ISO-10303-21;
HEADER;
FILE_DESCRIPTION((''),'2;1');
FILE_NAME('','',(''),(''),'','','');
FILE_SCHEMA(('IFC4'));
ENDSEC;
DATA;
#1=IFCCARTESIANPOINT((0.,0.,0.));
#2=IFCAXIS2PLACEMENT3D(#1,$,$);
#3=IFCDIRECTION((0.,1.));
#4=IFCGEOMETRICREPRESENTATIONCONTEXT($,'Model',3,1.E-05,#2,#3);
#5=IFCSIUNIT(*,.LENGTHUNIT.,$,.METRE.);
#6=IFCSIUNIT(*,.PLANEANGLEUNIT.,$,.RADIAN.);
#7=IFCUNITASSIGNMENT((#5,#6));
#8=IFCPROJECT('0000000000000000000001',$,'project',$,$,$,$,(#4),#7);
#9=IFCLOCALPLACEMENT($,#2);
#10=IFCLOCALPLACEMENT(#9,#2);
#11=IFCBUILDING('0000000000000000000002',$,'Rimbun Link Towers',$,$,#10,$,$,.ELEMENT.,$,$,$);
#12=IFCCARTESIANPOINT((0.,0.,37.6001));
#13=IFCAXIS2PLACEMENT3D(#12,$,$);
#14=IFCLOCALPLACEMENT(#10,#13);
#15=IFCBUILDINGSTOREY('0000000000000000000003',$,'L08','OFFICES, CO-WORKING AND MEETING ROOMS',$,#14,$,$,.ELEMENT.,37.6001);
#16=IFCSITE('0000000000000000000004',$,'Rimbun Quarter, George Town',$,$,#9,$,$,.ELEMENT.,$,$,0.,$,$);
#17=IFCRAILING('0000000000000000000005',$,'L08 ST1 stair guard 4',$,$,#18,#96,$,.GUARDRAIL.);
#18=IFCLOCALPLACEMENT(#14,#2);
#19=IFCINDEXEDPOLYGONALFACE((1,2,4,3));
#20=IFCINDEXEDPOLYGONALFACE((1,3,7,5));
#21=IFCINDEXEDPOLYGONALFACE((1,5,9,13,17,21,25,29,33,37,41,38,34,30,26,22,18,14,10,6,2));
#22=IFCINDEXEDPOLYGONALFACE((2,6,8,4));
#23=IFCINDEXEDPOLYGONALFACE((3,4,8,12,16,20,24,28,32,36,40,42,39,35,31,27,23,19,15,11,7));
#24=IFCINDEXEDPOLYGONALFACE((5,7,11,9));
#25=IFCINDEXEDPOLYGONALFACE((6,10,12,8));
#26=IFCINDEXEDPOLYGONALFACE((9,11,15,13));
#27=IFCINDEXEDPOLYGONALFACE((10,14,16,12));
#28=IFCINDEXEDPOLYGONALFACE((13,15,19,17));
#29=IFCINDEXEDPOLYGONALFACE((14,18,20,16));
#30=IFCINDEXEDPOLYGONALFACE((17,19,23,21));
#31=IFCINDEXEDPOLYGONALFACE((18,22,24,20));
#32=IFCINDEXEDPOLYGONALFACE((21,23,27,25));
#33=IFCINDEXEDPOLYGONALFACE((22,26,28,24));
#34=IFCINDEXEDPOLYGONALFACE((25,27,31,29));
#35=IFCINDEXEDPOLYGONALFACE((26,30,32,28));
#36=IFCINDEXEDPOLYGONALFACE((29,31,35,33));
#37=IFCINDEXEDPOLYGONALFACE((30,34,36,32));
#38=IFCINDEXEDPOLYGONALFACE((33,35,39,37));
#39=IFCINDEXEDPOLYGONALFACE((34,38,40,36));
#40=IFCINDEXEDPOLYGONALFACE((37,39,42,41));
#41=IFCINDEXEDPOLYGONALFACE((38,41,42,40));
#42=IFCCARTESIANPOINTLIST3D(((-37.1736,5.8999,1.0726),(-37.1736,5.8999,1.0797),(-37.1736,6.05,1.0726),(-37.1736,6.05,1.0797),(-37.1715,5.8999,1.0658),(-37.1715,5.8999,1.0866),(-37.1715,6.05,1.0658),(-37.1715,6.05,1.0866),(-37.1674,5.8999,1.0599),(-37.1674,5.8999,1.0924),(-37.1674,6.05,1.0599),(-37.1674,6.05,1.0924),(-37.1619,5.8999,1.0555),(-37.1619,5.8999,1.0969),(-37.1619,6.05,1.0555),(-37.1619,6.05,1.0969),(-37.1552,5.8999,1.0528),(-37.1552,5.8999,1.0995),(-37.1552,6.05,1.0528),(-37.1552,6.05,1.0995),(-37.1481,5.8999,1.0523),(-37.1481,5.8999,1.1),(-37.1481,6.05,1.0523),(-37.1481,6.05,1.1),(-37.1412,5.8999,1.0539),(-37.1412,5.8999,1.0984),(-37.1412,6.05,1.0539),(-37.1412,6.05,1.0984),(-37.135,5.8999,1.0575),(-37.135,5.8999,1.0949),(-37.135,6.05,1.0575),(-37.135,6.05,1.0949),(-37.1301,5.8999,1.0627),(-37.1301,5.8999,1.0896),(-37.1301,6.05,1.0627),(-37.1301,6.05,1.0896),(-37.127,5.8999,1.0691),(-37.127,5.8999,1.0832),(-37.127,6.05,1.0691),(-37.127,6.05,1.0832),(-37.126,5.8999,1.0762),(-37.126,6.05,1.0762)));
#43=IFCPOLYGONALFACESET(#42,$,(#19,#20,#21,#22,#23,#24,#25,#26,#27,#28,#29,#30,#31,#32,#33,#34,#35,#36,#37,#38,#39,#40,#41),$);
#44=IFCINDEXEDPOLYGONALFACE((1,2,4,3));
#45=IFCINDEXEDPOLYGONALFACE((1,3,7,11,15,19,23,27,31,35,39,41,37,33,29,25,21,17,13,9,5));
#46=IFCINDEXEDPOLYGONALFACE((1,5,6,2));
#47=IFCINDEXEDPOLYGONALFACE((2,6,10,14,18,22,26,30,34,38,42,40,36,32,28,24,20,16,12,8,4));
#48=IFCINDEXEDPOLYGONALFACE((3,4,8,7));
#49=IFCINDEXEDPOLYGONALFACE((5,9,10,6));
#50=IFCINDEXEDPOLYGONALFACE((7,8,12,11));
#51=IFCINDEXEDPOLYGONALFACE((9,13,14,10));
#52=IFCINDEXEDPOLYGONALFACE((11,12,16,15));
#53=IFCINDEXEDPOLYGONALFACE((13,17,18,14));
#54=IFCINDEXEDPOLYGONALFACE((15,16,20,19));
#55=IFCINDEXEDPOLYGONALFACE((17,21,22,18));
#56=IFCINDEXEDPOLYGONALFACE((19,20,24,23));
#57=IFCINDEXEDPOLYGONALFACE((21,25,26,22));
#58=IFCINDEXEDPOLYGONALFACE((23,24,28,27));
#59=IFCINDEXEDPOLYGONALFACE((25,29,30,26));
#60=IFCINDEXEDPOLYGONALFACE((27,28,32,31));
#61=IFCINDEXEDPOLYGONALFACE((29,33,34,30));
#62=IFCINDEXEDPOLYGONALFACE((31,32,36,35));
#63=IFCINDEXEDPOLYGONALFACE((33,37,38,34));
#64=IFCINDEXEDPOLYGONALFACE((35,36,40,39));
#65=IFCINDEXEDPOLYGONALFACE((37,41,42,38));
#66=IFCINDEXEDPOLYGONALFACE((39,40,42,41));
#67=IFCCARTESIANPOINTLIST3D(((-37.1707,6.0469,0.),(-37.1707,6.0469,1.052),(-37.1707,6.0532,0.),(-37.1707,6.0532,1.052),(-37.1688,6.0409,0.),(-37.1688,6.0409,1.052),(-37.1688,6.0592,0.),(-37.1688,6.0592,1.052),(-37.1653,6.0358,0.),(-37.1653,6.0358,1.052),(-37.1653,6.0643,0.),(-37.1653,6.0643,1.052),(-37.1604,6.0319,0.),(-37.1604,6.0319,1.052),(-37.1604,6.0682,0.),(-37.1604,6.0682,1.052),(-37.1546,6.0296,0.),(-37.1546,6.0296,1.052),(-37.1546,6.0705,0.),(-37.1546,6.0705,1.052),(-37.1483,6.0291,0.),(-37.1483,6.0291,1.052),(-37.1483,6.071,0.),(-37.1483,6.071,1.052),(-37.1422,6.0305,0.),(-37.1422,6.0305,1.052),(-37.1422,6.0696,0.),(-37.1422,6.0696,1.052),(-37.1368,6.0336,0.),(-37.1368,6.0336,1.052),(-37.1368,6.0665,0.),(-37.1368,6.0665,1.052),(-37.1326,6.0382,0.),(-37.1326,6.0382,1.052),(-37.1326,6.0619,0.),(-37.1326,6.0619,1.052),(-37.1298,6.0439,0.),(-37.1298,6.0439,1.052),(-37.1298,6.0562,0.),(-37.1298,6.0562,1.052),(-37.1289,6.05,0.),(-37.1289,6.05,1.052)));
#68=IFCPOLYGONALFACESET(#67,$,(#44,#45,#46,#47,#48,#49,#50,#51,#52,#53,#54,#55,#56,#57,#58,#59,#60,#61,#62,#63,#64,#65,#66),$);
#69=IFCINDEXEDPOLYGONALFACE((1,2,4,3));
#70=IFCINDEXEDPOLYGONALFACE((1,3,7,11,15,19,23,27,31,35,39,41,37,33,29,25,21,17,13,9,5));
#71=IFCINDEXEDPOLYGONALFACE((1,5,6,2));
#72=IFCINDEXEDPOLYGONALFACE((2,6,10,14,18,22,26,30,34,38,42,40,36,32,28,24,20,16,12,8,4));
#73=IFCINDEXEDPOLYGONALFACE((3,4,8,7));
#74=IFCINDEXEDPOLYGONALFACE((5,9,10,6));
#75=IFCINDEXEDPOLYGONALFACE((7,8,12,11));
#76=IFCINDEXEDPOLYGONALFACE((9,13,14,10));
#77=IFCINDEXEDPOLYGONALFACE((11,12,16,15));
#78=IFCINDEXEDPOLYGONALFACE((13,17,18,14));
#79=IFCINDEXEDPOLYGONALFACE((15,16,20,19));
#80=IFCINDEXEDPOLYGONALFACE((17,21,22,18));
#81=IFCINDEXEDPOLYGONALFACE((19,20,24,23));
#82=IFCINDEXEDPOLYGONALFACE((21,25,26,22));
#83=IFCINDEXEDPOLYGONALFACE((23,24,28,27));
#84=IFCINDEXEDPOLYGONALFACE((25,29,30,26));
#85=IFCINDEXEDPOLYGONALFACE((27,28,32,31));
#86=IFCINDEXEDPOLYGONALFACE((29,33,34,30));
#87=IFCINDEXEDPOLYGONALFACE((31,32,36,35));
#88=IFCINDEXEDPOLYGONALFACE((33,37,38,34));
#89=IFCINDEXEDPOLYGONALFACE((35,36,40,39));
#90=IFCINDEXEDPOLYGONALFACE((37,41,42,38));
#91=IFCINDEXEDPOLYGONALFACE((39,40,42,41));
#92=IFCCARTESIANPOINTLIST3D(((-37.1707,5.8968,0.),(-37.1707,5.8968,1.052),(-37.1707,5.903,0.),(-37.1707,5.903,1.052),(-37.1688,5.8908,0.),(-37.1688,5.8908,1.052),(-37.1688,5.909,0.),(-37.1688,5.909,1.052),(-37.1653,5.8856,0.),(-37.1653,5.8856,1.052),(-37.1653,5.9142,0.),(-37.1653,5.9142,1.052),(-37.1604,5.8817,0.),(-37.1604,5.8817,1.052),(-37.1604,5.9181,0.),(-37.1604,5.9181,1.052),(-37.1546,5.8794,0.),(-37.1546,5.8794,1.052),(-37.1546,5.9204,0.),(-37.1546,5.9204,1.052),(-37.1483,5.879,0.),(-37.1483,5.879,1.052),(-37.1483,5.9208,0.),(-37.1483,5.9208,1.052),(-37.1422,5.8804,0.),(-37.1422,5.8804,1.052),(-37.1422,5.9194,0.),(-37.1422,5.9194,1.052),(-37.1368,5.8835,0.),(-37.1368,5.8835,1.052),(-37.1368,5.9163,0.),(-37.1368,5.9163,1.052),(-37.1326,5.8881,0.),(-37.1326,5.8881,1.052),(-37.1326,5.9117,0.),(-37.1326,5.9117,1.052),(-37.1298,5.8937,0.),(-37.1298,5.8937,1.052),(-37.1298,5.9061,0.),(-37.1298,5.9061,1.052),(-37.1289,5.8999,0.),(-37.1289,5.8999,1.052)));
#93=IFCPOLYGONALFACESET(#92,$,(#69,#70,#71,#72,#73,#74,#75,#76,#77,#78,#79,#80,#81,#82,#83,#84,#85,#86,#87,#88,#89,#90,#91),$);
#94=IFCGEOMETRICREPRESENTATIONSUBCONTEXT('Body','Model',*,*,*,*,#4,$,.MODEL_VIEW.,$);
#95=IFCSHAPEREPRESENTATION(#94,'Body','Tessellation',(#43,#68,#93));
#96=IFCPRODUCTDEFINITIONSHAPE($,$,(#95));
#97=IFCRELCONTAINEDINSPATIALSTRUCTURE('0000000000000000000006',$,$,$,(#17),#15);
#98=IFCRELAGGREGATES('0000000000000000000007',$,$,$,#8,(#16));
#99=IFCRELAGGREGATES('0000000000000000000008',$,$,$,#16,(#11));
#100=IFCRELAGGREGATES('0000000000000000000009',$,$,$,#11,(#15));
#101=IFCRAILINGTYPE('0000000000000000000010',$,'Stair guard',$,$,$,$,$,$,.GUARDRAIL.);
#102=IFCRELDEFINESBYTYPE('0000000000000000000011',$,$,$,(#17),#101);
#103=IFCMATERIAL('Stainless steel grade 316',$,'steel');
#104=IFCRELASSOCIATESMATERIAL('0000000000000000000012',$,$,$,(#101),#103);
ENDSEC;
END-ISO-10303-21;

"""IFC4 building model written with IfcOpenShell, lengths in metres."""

from ifc_helpers import new_model, si_unit, direction, frame, origin, origin_2d, place, context, subcontext, project, spatial, circle, extrude, material, type_object, element, save


model = new_model("IFC4")

# Units and contexts
model_context = context("Model", 3, precision=1e-05, world=origin(), true_north=direction((0.0, 1.0)))
body_context = subcontext(model_context, "Body", "Model", "MODEL_VIEW")
ifc_project = project(units=[si_unit("LENGTHUNIT", "METRE"), si_unit("PLANEANGLEUNIT", "RADIAN")], contexts=[model_context])

# Site, building, storey
site_placement = place(None, origin())
site = spatial("IfcSite", under=ifc_project, at=site_placement, Name="Rimbun Quarter, George Town", CompositionType="ELEMENT", RefElevation=0.0)
building_placement = place(site_placement, origin())
building = spatial("IfcBuilding", under=site, at=building_placement, Name="Rimbun Link Towers", CompositionType="ELEMENT")
storey_placement = place(building_placement, frame((0.0, 0.0, 37.6001)))
storey = spatial("IfcBuildingStorey", under=building, at=storey_placement, Name="L08", Description="OFFICES, CO-WORKING AND MEETING ROOMS", CompositionType="ELEMENT", Elevation=37.6001)

# Railing
ifc_material_1 = material(Name="Stainless steel grade 316", Category="steel")
railing_type_1 = type_object("IfcRailingType", Name="Stair guard", PredefinedType="GUARDRAIL", material=ifc_material_1)
railing_1_placement = place(storey_placement, frame((-37.1499, 6.05, 0.0)))
element("IfcRailing", 1, at=railing_1_placement, inside=storey, type_object=railing_type_1, Name="L08 ST1 stair guard 4", PredefinedType="GUARDRAIL", context=body_context, shape_type="SweptSolid", body=[
    extrude(circle(Radius=0.0239, at=origin_2d()), frame((0.0, 0.0, 1.0762), z_axis=(0.0, -1.0, 0.0), x_axis=(1.0, 0.0, 0.0)), (0.0, 0.0, 1.0), 0.1501),
    extrude(circle(Radius=0.021, at=origin_2d()), origin(), (0.0, 0.0, 1.0), 1.052),
    extrude(circle(Radius=0.021, at=origin_2d()), frame((0.0, -0.1501, 0.0)), (0.0, 0.0, 1.0), 1.052),
])

save(model, "model.ifc")
